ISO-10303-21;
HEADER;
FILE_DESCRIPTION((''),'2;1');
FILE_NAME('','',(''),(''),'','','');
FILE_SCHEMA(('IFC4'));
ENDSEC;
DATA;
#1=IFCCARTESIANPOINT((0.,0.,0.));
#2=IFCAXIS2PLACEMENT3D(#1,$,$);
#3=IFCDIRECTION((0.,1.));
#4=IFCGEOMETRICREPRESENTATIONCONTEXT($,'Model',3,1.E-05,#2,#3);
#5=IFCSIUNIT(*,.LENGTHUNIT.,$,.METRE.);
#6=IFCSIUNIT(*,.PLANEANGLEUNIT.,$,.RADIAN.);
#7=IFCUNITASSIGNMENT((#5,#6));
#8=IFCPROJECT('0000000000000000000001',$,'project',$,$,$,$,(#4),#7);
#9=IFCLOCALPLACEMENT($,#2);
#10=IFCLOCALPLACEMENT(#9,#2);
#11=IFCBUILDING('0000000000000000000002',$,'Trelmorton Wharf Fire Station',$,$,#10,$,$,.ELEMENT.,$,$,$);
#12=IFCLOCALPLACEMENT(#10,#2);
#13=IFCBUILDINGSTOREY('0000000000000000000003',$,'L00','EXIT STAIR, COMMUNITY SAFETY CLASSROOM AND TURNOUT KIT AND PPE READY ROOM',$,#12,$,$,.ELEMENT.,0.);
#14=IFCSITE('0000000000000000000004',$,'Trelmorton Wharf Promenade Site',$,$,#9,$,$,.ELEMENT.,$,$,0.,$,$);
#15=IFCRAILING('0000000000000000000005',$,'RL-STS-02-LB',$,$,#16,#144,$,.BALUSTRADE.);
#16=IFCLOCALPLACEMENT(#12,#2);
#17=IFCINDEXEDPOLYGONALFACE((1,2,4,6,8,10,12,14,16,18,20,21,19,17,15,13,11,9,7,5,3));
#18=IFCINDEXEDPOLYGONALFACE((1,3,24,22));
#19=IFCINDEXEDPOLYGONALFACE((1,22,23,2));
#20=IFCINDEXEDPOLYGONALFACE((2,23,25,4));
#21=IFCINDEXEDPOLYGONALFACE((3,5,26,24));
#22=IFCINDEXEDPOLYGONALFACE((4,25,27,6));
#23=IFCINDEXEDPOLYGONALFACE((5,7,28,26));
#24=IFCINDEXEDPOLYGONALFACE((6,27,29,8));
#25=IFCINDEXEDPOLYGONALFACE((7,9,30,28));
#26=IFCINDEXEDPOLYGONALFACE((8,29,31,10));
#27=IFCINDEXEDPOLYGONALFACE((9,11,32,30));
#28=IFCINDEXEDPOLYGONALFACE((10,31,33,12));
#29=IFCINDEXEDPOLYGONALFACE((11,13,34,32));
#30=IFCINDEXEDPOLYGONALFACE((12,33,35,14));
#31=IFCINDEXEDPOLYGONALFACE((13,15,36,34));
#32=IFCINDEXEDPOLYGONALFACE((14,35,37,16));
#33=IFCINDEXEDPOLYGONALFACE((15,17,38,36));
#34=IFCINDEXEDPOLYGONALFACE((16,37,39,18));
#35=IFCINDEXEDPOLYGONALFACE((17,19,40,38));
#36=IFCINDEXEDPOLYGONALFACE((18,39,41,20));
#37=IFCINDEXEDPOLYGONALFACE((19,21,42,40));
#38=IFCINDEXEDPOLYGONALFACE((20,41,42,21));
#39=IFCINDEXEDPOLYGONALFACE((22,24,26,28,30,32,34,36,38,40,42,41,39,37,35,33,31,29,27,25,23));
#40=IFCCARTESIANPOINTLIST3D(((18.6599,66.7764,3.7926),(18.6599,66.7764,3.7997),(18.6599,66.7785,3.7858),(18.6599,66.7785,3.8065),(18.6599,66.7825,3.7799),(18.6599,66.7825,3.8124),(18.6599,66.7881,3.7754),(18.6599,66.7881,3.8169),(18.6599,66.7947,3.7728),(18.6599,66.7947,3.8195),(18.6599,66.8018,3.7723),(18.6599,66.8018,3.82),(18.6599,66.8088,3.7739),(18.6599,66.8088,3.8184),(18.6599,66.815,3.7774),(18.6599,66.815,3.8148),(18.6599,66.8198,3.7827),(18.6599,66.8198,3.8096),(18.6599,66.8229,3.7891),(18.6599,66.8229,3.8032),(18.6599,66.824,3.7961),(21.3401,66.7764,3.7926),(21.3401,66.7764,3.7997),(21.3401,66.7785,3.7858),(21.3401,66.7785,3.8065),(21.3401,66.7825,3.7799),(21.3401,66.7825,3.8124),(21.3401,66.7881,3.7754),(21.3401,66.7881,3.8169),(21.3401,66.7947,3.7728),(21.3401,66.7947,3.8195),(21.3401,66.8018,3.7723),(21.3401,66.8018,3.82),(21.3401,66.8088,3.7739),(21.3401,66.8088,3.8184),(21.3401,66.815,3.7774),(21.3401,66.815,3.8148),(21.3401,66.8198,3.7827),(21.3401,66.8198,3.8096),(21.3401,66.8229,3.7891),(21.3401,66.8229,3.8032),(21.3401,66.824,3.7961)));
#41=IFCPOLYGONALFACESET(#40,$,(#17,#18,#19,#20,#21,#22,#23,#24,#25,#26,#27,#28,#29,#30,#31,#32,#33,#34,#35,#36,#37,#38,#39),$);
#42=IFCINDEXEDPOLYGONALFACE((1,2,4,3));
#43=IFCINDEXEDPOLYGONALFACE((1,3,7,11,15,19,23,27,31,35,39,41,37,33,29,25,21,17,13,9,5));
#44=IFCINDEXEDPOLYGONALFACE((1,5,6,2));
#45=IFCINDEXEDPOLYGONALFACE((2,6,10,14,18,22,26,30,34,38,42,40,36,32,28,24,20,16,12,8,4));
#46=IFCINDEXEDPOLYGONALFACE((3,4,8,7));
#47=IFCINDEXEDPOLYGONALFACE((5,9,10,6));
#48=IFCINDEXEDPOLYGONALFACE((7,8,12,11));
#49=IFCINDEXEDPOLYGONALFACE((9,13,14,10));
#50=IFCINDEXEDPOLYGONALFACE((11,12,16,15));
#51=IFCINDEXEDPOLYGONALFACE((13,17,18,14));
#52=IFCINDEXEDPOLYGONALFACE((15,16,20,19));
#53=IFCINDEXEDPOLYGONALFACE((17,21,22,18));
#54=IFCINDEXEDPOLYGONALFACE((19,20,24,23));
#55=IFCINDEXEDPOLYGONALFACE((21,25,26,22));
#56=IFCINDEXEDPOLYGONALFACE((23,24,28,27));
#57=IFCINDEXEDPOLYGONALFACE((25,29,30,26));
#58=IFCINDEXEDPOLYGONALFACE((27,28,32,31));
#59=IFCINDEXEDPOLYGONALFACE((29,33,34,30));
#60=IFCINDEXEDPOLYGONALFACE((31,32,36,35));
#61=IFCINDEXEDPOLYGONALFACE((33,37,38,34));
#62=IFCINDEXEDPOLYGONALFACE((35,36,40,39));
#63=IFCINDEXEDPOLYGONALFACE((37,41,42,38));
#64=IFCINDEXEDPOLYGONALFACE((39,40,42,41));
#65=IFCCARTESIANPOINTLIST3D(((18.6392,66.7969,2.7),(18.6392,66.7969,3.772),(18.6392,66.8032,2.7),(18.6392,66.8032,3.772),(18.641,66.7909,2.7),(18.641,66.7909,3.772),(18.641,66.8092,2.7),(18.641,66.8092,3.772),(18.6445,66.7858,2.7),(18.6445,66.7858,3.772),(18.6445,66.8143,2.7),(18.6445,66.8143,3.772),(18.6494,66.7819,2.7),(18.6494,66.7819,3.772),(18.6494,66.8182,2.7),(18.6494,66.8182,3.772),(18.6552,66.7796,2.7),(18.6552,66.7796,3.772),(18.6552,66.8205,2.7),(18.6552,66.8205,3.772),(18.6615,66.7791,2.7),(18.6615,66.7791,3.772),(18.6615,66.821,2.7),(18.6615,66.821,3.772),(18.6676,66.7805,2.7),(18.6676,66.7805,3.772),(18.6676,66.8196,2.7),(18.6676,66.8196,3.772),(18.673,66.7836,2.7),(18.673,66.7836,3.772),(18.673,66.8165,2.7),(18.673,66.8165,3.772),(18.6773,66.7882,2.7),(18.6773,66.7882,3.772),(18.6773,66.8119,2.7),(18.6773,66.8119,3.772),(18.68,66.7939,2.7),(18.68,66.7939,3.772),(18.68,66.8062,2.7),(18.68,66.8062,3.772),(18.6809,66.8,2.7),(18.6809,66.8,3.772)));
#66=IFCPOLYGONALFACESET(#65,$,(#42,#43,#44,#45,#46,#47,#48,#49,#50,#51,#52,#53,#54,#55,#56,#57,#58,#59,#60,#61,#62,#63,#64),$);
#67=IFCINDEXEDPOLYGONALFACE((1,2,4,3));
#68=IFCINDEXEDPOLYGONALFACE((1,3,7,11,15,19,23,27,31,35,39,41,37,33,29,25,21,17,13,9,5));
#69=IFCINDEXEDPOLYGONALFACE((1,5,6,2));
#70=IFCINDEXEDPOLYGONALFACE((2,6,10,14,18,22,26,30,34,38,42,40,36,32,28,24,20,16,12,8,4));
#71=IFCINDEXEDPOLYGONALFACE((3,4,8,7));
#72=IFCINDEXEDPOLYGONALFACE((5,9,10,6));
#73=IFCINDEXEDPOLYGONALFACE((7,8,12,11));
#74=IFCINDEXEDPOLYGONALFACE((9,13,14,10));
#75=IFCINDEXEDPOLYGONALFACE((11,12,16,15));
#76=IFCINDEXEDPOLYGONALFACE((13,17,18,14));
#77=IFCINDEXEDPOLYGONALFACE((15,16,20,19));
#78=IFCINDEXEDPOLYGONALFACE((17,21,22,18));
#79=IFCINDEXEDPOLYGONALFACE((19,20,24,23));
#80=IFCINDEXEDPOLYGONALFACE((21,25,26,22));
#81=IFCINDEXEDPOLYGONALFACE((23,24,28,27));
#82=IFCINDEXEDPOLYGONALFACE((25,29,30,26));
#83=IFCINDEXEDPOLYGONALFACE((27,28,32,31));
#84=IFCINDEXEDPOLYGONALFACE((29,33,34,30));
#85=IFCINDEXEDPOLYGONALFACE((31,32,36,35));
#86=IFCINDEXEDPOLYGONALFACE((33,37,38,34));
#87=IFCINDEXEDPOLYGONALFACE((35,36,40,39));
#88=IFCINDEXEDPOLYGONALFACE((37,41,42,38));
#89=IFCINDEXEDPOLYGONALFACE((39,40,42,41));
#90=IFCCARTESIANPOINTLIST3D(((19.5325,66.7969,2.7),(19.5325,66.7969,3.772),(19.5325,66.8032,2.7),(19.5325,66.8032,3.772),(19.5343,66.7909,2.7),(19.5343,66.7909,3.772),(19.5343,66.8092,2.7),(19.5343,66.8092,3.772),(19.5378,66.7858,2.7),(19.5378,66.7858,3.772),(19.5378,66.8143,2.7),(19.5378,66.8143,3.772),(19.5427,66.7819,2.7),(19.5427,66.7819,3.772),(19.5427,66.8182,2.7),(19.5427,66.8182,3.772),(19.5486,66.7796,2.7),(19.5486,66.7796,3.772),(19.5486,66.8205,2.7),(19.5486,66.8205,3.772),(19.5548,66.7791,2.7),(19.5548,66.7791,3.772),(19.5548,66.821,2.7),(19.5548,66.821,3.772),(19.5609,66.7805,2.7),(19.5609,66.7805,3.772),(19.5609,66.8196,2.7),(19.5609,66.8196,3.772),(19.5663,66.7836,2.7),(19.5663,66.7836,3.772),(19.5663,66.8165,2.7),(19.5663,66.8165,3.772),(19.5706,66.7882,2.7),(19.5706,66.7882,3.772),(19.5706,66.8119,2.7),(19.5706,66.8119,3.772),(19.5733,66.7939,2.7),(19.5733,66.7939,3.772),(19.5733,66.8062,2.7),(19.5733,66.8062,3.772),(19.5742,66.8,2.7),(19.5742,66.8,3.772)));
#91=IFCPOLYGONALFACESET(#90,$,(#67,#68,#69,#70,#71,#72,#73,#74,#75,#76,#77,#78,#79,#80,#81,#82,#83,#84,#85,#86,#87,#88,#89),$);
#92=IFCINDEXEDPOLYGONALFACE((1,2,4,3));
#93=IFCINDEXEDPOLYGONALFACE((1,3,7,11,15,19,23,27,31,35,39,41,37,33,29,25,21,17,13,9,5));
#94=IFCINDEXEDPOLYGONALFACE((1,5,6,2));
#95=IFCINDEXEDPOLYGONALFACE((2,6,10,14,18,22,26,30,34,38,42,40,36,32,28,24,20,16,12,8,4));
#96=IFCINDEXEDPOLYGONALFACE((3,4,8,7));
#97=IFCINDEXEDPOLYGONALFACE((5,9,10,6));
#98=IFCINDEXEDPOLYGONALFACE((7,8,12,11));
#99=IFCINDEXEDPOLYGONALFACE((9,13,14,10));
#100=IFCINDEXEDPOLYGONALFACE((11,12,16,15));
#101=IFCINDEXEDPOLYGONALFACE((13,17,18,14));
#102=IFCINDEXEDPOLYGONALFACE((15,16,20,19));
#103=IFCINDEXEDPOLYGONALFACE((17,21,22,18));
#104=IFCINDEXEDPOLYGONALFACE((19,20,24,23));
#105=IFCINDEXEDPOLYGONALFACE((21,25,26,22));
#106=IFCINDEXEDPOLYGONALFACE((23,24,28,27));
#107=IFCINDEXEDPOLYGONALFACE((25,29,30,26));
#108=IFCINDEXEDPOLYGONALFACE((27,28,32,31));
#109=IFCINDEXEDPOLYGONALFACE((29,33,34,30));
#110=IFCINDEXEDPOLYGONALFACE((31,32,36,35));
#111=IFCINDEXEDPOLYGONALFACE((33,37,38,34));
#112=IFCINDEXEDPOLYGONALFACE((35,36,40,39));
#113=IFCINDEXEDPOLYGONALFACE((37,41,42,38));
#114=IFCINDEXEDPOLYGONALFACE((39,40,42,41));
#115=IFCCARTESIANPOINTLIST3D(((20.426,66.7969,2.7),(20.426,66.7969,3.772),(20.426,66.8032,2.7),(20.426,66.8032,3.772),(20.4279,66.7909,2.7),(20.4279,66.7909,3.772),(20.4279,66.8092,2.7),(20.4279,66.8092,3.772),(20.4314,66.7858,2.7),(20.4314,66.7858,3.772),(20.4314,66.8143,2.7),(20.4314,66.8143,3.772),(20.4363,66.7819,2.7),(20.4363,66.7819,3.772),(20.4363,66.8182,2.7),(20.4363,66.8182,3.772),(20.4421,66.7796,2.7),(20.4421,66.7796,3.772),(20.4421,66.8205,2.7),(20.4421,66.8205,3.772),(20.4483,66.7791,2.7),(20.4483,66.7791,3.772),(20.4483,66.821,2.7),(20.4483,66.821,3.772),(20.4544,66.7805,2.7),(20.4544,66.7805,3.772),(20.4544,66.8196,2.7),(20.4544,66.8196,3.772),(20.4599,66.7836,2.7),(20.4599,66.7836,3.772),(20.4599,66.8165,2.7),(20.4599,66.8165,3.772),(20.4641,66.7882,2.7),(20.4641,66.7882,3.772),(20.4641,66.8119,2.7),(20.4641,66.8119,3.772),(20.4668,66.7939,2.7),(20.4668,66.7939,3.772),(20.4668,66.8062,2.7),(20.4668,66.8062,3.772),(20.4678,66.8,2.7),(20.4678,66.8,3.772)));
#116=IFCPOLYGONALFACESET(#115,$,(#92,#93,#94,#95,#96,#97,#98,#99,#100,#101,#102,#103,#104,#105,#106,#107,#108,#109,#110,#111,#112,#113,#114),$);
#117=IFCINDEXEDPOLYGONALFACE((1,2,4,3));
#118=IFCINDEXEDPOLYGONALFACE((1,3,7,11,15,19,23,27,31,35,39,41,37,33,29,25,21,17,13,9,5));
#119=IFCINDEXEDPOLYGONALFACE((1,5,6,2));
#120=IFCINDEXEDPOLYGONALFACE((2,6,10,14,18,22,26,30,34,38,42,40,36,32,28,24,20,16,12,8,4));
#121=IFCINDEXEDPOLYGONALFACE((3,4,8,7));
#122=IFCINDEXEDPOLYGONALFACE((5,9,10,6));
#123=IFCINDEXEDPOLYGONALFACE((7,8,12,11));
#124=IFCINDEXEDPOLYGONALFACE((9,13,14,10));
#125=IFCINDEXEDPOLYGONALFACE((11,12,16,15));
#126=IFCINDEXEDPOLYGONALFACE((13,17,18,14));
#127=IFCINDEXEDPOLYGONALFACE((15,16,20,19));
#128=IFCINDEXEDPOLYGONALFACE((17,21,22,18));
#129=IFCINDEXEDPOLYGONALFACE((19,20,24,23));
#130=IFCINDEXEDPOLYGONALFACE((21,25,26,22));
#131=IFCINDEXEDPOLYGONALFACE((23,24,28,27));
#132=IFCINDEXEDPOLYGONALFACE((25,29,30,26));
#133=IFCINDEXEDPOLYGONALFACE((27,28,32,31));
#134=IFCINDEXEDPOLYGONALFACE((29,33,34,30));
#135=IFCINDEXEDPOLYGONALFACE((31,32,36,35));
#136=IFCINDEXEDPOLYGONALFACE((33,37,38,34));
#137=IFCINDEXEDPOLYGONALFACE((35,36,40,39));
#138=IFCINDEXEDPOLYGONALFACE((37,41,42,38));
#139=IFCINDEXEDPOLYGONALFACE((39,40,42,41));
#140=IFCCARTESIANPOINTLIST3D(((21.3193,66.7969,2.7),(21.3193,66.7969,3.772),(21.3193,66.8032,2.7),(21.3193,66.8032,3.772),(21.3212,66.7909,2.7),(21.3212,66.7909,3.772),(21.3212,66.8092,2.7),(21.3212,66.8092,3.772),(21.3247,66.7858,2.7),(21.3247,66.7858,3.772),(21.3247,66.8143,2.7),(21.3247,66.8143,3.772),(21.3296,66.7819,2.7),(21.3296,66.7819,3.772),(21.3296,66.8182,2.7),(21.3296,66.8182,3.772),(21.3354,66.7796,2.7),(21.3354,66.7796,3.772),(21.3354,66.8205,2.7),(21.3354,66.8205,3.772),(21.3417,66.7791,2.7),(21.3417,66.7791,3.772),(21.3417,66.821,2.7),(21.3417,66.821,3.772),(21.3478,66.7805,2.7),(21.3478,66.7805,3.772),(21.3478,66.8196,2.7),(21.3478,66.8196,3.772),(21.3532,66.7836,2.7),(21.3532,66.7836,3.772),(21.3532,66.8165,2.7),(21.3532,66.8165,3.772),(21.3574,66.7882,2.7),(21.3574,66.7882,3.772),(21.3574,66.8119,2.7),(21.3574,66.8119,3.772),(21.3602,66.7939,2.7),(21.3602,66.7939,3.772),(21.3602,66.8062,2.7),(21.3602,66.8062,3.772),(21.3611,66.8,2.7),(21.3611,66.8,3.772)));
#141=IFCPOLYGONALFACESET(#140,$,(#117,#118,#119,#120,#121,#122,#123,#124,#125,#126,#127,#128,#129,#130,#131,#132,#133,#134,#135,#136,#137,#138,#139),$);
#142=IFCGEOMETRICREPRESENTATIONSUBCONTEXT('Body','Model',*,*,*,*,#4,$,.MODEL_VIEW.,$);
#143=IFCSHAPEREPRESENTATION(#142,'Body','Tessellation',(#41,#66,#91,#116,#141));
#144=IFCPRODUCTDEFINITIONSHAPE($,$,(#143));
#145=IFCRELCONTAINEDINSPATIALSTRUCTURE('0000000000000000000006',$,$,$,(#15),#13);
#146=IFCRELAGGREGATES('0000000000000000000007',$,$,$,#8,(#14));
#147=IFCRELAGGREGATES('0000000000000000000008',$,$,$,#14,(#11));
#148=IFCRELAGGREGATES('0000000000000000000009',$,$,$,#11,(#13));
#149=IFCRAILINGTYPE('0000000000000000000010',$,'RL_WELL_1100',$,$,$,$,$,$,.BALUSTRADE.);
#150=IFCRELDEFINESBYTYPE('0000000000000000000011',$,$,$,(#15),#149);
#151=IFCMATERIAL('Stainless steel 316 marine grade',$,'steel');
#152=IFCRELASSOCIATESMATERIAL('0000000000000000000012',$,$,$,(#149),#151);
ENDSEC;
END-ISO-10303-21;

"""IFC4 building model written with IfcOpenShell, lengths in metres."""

from ifc_helpers import new_model, si_unit, direction, frame, origin, origin_2d, place, context, subcontext, project, spatial, circle, extrude, material, type_object, element, save


model = new_model("IFC4")

# Units and contexts
model_context = context("Model", 3, precision=1e-05, world=origin(), true_north=direction((0.0, 1.0)))
body_context = subcontext(model_context, "Body", "Model", "MODEL_VIEW")
ifc_project = project(units=[si_unit("LENGTHUNIT", "METRE"), si_unit("PLANEANGLEUNIT", "RADIAN")], contexts=[model_context])

# Site, building, storey
site_placement = place(None, origin())
site = spatial("IfcSite", under=ifc_project, at=site_placement, Name="Trelmorton Wharf Promenade Site", CompositionType="ELEMENT", RefElevation=0.0)
building_placement = place(site_placement, origin())
building = spatial("IfcBuilding", under=site, at=building_placement, Name="Trelmorton Wharf Fire Station", CompositionType="ELEMENT")
storey_placement = place(building_placement, origin())
storey = spatial("IfcBuildingStorey", under=building, at=storey_placement, Name="L00", Description="EXIT STAIR, COMMUNITY SAFETY CLASSROOM AND TURNOUT KIT AND PPE READY ROOM", CompositionType="ELEMENT", Elevation=0.0)

# Railing
ifc_material_1 = material(Name="Stainless steel 316 marine grade", Category="steel")
railing_type = type_object("IfcRailingType", Name="RL_WELL_1100", PredefinedType="BALUSTRADE", material=ifc_material_1)
railing_1_placement = place(storey_placement, frame((18.6599, 66.8, 2.7)))
element("IfcRailing", 1, at=railing_1_placement, inside=storey, type_object=railing_type, Name="RL-STS-02-LB", PredefinedType="BALUSTRADE", context=body_context, shape_type="SweptSolid", body=[
    extrude(circle(Radius=0.0239, at=origin_2d()), frame((0.0, 0.0, 1.0962), z_axis=(1.0, 0.0, 0.0), x_axis=(0.0, 1.0, 0.0)), (0.0, 0.0, 1.0), 2.6802),
    extrude(circle(Radius=0.021, at=origin_2d()), origin(), (0.0, 0.0, 1.0), 1.072),
    extrude(circle(Radius=0.021, at=origin_2d()), frame((0.8933, 0.0, 0.0)), (0.0, 0.0, 1.0), 1.072),
    extrude(circle(Radius=0.021, at=origin_2d()), frame((1.7869, 0.0, 0.0)), (0.0, 0.0, 1.0), 1.072),
    extrude(circle(Radius=0.021, at=origin_2d()), frame((2.6802, 0.0, 0.0)), (0.0, 0.0, 1.0), 1.072),
])

save(model, "model.ifc")
